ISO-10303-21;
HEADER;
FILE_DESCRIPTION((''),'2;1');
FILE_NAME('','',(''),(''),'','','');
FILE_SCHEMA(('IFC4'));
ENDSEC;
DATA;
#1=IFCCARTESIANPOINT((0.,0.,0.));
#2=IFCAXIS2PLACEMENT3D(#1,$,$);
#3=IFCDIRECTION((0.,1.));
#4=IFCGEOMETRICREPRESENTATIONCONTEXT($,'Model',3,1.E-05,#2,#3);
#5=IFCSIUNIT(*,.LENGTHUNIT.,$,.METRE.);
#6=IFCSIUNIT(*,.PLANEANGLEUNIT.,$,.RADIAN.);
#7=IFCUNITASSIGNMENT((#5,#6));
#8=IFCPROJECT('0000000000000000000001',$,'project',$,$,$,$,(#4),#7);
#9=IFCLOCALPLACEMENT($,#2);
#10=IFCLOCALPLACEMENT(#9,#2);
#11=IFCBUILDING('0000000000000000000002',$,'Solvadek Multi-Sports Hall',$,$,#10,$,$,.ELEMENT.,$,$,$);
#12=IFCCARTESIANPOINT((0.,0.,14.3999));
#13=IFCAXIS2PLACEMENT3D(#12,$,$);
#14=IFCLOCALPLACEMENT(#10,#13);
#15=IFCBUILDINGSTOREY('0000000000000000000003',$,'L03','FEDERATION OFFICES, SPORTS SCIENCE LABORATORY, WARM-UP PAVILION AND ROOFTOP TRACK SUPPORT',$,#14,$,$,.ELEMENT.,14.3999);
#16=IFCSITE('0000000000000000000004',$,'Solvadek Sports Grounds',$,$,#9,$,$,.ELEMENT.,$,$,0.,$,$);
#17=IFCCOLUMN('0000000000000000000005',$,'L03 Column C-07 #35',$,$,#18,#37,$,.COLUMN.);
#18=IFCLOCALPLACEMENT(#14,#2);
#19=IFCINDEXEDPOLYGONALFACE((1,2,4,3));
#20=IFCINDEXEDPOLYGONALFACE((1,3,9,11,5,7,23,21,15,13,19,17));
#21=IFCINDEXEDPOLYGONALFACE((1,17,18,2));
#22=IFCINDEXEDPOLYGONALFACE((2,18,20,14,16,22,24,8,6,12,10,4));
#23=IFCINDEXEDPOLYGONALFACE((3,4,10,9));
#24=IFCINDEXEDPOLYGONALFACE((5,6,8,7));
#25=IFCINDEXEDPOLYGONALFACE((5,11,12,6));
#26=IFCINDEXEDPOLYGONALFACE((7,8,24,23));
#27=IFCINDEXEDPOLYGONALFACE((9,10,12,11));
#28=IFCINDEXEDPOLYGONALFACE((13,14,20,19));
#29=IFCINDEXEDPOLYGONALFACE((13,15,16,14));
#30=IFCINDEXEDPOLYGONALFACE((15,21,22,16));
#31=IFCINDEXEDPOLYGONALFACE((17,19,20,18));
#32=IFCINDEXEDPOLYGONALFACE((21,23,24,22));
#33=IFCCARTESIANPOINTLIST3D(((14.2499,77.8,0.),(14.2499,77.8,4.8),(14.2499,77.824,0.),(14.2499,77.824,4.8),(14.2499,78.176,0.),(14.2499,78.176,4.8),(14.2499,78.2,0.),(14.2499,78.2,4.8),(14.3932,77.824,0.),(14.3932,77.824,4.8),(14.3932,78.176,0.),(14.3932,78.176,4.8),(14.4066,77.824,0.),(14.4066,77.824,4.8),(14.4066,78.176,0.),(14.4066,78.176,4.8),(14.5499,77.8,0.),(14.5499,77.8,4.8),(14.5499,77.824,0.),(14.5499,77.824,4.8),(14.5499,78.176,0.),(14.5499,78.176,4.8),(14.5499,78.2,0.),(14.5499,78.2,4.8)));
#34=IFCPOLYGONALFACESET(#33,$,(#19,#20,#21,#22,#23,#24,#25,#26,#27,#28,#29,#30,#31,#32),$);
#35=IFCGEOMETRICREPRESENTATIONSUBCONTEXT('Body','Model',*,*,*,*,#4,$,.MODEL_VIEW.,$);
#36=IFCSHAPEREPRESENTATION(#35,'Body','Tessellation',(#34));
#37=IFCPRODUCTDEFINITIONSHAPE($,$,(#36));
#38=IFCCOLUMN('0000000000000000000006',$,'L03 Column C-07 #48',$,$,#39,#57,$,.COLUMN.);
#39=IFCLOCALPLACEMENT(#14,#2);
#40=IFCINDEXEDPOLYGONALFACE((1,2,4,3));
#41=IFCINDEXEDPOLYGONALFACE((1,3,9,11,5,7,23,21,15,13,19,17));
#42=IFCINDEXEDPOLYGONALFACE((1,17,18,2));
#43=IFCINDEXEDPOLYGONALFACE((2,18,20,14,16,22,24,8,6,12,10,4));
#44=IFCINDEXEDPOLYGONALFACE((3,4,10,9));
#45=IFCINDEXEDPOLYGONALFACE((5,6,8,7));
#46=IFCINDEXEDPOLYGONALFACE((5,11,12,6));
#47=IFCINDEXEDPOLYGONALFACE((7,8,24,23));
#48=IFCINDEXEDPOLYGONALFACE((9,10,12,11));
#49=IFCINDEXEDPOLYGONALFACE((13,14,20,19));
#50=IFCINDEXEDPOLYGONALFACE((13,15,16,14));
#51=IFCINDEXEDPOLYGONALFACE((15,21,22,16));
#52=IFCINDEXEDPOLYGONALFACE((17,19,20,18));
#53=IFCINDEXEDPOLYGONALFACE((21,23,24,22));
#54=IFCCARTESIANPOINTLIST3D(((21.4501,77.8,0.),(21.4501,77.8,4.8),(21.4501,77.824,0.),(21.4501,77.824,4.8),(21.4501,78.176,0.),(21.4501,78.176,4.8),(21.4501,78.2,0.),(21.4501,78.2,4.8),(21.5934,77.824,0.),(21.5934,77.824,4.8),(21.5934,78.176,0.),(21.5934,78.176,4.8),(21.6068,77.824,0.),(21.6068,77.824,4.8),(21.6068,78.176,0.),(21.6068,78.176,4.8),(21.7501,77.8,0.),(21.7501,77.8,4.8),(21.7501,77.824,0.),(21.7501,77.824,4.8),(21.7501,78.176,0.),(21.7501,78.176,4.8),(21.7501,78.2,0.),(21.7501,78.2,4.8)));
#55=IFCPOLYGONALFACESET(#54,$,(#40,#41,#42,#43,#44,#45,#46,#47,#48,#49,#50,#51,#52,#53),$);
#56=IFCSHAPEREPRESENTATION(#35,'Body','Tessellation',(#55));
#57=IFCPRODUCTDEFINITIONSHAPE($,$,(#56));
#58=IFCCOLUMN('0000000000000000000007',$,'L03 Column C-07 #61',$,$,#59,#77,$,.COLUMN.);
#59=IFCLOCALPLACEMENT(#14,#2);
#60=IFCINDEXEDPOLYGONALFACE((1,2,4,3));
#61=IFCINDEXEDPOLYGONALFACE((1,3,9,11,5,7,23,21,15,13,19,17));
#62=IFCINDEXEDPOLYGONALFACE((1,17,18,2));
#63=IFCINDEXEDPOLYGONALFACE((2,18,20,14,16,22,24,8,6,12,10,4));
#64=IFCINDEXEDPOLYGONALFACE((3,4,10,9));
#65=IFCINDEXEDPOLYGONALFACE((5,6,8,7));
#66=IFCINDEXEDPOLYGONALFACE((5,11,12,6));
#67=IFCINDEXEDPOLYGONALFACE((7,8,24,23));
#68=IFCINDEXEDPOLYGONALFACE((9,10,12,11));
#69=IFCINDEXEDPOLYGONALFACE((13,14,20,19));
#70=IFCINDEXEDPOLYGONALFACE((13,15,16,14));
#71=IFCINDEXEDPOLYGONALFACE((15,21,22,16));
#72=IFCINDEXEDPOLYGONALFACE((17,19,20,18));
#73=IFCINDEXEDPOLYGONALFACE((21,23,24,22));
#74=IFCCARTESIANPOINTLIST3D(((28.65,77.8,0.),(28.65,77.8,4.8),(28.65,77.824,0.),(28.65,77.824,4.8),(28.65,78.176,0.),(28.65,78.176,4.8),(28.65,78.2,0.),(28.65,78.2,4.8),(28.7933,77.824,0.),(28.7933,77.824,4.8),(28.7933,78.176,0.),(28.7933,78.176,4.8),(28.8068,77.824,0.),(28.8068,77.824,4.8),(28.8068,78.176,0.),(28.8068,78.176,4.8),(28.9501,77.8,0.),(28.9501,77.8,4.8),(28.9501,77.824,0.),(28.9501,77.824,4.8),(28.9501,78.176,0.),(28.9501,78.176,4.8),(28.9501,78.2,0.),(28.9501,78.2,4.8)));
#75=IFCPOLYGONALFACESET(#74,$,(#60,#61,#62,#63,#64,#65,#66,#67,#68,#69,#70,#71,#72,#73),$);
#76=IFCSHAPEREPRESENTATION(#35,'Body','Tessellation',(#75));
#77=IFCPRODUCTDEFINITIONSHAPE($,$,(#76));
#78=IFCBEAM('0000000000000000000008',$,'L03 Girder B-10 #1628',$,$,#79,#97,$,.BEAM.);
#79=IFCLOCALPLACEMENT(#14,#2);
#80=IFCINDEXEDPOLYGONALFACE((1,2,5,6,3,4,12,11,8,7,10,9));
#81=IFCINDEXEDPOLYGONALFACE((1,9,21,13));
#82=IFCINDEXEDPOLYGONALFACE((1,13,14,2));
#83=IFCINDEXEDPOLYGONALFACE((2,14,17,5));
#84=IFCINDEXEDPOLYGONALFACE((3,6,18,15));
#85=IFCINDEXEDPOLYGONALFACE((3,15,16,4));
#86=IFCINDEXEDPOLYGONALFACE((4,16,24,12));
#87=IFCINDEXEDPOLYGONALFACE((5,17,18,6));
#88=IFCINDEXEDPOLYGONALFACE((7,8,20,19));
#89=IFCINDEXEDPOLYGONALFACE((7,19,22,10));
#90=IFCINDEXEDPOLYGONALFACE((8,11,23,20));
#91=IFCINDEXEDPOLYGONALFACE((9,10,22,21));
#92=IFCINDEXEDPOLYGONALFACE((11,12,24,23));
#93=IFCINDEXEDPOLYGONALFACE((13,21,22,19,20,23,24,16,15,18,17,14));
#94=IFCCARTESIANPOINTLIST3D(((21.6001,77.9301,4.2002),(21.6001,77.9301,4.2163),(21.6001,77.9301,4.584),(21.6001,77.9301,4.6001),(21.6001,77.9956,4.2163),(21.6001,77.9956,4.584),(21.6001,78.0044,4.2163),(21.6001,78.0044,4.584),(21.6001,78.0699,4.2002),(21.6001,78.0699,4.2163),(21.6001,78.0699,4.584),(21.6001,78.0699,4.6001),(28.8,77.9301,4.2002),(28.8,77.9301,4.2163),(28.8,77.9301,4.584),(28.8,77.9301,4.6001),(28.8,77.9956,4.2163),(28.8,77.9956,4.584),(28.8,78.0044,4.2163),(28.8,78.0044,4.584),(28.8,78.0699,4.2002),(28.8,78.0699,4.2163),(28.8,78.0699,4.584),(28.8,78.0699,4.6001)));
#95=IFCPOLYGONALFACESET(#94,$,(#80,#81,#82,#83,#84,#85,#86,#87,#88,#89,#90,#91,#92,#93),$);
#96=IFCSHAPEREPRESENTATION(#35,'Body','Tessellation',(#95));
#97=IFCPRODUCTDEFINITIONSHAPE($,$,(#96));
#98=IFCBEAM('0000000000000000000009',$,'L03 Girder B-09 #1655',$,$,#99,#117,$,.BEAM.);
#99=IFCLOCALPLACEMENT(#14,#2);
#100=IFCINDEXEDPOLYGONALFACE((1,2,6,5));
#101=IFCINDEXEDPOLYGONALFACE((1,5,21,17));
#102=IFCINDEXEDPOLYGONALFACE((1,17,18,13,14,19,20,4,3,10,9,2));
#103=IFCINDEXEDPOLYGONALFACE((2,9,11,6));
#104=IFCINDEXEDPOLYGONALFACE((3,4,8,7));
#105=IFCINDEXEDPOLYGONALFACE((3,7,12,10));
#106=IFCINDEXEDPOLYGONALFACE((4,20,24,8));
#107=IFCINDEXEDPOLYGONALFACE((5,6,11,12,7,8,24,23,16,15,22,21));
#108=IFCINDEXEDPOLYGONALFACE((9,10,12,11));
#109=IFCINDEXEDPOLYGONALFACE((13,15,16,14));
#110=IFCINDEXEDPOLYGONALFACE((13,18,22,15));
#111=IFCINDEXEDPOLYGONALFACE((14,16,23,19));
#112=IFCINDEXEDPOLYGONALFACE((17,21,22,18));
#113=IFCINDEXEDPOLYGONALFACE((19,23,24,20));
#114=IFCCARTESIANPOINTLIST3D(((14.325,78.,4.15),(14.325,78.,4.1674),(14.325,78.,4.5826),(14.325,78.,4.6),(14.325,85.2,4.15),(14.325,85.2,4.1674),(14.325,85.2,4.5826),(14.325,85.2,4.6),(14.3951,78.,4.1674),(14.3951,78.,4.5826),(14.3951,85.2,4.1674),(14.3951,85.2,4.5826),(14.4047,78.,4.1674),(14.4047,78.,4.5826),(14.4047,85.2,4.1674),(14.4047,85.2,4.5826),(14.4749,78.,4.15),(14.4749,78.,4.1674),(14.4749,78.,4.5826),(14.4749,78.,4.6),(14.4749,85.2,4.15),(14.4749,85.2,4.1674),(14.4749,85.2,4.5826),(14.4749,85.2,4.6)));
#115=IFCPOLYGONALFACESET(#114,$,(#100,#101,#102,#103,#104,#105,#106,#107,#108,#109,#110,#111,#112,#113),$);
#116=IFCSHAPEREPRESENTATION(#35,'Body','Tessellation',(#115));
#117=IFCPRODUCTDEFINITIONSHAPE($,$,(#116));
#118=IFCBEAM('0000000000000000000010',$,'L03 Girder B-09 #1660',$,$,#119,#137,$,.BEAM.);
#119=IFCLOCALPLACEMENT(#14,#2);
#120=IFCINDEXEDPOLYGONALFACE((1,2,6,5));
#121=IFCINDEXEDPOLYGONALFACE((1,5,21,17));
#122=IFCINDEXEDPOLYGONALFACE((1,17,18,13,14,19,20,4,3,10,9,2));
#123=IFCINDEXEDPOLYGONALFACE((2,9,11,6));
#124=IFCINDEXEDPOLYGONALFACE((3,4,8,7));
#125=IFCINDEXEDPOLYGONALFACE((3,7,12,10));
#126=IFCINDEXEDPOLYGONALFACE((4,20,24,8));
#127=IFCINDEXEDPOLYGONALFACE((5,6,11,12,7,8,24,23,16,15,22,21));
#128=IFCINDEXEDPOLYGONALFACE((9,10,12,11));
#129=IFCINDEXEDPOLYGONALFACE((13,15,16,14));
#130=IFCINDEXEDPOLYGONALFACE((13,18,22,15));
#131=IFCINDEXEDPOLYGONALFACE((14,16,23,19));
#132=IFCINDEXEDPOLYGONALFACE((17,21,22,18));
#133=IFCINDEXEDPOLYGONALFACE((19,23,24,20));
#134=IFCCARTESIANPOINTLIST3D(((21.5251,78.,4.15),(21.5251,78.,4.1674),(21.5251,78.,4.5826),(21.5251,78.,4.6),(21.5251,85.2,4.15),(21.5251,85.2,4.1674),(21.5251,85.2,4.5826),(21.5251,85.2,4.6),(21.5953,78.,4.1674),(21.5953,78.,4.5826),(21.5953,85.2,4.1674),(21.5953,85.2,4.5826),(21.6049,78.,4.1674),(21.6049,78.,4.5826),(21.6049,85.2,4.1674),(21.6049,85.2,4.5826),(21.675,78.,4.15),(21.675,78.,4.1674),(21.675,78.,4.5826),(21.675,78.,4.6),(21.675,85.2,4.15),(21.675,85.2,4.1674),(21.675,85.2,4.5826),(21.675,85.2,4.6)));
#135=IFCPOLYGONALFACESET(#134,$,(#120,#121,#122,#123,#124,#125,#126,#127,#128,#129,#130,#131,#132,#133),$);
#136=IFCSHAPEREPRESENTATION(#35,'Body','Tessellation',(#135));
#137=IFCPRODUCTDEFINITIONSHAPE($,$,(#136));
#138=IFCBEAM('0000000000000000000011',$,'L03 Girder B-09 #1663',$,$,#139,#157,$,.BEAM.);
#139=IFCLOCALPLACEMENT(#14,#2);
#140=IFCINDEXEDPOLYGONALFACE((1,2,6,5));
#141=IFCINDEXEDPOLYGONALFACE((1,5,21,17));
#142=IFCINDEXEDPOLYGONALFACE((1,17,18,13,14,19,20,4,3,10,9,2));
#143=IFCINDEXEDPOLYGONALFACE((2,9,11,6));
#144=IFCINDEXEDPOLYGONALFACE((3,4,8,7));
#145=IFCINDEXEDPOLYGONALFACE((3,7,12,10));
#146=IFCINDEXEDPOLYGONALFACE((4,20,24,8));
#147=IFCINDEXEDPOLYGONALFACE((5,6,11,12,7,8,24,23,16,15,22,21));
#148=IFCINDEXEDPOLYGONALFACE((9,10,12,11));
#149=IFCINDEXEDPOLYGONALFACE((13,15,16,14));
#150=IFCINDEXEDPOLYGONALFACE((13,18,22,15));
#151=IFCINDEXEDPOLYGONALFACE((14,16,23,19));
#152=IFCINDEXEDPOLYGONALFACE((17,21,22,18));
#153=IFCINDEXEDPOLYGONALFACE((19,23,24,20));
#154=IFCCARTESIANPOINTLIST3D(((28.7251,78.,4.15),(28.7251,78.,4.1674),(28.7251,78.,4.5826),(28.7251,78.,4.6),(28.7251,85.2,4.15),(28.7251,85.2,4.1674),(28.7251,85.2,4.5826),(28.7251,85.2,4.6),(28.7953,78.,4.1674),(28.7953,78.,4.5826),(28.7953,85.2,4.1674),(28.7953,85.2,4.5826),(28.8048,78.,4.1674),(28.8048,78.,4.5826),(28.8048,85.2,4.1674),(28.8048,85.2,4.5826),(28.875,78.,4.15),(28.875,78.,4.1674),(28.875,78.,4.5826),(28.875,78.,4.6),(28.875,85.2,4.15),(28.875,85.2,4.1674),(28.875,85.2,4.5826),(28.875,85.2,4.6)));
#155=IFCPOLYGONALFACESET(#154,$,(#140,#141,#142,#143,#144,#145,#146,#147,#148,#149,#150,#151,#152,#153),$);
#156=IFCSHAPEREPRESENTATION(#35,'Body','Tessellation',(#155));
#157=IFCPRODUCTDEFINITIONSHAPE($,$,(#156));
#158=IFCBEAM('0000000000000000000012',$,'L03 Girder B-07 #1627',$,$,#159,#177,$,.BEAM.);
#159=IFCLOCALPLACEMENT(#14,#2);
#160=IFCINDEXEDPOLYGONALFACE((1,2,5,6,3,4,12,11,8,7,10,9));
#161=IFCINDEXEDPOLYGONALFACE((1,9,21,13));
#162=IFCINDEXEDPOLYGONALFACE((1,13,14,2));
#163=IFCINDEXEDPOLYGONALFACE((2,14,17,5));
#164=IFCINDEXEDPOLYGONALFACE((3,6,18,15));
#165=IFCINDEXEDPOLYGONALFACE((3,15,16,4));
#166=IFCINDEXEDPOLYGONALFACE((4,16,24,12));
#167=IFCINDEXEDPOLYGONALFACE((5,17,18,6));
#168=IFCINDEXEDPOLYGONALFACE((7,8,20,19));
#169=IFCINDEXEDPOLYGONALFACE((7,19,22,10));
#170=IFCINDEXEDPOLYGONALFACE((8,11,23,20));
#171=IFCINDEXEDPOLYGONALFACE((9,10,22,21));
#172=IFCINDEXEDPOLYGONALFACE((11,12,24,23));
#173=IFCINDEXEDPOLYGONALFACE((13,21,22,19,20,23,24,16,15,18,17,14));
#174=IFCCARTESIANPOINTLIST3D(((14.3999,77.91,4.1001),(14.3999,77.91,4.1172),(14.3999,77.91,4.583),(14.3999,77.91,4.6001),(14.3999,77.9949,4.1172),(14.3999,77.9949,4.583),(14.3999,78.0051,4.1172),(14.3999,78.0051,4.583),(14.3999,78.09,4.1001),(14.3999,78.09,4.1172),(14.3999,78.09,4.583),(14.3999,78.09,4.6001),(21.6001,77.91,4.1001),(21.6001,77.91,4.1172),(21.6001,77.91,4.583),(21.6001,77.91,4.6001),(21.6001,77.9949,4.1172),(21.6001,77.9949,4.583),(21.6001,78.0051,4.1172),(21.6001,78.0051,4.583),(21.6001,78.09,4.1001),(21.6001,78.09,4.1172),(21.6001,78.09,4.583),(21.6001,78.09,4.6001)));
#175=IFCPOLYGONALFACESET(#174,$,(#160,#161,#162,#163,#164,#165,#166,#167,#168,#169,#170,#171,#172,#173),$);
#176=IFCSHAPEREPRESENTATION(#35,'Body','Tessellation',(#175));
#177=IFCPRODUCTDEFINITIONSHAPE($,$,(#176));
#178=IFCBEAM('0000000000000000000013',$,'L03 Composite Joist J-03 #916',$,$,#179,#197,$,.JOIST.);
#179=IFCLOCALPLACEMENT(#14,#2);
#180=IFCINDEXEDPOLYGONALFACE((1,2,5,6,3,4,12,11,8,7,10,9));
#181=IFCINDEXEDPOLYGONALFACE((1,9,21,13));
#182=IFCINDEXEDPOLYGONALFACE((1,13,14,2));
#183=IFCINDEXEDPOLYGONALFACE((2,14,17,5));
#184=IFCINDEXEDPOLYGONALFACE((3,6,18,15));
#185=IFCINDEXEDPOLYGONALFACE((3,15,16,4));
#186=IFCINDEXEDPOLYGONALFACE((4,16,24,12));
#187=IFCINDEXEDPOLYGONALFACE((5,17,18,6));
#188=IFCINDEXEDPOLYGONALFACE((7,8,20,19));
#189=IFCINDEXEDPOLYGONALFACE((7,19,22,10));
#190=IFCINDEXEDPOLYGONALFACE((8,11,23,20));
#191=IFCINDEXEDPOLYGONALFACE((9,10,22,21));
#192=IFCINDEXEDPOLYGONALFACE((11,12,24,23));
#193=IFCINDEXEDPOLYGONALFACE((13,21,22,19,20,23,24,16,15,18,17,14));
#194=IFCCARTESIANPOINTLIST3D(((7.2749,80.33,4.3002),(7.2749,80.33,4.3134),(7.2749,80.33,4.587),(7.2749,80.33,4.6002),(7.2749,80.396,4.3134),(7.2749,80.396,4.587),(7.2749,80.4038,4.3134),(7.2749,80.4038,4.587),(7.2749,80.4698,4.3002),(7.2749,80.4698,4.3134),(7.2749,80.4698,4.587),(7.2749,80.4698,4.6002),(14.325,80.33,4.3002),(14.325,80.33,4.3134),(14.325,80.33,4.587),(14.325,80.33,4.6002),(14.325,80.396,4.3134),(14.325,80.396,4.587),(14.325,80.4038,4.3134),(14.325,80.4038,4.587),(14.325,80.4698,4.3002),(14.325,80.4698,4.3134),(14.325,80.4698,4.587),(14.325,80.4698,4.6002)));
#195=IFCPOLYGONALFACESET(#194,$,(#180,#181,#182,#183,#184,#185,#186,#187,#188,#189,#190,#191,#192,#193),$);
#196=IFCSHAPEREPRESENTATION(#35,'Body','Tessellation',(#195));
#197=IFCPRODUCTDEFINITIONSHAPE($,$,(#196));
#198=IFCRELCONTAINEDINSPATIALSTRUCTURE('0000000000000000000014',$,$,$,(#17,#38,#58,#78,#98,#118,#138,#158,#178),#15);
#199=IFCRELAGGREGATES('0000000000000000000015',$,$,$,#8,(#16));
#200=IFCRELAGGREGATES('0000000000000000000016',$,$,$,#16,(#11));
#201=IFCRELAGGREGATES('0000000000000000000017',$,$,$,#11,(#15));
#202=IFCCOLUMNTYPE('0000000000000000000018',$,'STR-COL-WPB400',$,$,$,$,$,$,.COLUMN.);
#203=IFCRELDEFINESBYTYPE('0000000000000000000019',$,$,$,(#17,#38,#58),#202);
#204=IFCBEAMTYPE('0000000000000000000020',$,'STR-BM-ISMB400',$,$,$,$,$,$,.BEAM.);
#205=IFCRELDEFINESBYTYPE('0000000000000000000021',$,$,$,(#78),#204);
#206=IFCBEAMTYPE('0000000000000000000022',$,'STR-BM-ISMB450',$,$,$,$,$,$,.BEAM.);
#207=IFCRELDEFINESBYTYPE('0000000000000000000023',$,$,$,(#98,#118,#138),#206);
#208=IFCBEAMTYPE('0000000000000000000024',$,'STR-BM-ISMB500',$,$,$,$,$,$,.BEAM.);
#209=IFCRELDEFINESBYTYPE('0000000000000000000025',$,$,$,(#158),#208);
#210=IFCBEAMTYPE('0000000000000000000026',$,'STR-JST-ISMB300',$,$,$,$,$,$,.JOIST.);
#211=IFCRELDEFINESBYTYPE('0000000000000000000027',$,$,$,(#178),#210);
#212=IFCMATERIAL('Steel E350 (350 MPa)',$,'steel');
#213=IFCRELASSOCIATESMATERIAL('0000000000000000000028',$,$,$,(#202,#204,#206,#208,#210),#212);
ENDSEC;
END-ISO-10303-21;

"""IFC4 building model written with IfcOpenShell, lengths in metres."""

from ifc_helpers import new_model, si_unit, direction, frame, origin, origin_2d, place, context, subcontext, project, spatial, i_section, extrude, material, material_profile, profile_set, type_object, element, save


model = new_model("IFC4")

# Units and contexts
model_context = context("Model", 3, precision=1e-05, world=origin(), true_north=direction((0.0, 1.0)))
body_context = subcontext(model_context, "Body", "Model", "MODEL_VIEW")
ifc_project = project(units=[si_unit("LENGTHUNIT", "METRE"), si_unit("PLANEANGLEUNIT", "RADIAN")], contexts=[model_context])

# Site, building, storey
site_placement = place(None, origin())
site = spatial("IfcSite", under=ifc_project, at=site_placement, Name="Solvadek Sports Grounds", CompositionType="ELEMENT", RefElevation=0.0)
building_placement = place(site_placement, origin())
building = spatial("IfcBuilding", under=site, at=building_placement, Name="Solvadek Multi-Sports Hall", CompositionType="ELEMENT")
storey_placement = place(building_placement, frame((0.0, 0.0, 14.3999)))
storey = spatial("IfcBuildingStorey", under=building, at=storey_placement, Name="L03", Description="FEDERATION OFFICES, SPORTS SCIENCE LABORATORY, WARM-UP PAVILION AND ROOFTOP TRACK SUPPORT", CompositionType="ELEMENT", Elevation=14.3999)

# Columns
ifc_material_1 = material(Name="Steel E350 (350 MPa)", Category="steel")
ifc_material_profile_1 = material_profile(ifc_material_1, i_section(OverallWidth=0.3, OverallDepth=0.3999, WebThickness=0.0134, FlangeThickness=0.0239, at=origin_2d()), Name="WPB 400")
ifc_profile_set_1 = profile_set([ifc_material_profile_1], Name="Steel E350 (350 MPa)")
column_type = type_object("IfcColumnType", Name="STR-COL-WPB400", PredefinedType="COLUMN", material=ifc_profile_set_1)
for number, where, z_axis, x_axis, name in (
    (1, (14.3999, 78.0, 0.0), (0.0, 0.0, 1.0), (1.0, 0.0, 0.0), "L03 Column C-07 #35"),
    (2, (21.6001, 78.0, 0.0), (0.0, 0.0, 1.0), (1.0, 0.0, 0.0), "L03 Column C-07 #48"),
    (3, (28.8, 78.0, 0.0), (0.0, 0.0, 1.0), (1.0, 0.0, 0.0), "L03 Column C-07 #61"),
):
    element("IfcColumn", number, at=place(storey_placement, frame(where, z_axis=z_axis, x_axis=x_axis)), inside=storey, type_object=column_type, Name=name, PredefinedType="COLUMN", context=body_context, shape_type="SweptSolid", body=[
        extrude(i_section(OverallWidth=0.3, OverallDepth=0.3999, WebThickness=0.0134, FlangeThickness=0.0239, at=origin_2d()), origin(), (0.0, 0.0, 1.0), 4.8),
    ])

# Beams
ifc_material_profile_2 = material_profile(ifc_material_1, i_section(OverallWidth=0.1399, OverallDepth=0.3999, WebThickness=0.0088, FlangeThickness=0.0161, at=origin_2d()), Name="ISMB 400")
ifc_profile_set_2 = profile_set([ifc_material_profile_2], Name="Steel E350 (350 MPa)")
beam_type_1 = type_object("IfcBeamType", Name="STR-BM-ISMB400", PredefinedType="BEAM", material=ifc_profile_set_2)
beam_1_placement = place(storey_placement, frame((21.6001, 78.0, 4.4001), z_axis=(1.0, 0.0, 0.0), x_axis=(0.0, 1.0, 0.0)))
element("IfcBeam", 4, at=beam_1_placement, inside=storey, type_object=beam_type_1, Name="L03 Girder B-10 #1628", PredefinedType="BEAM", context=body_context, shape_type="SweptSolid", body=[
    extrude(i_section(OverallWidth=0.1399, OverallDepth=0.3999, WebThickness=0.0088, FlangeThickness=0.0161, at=origin_2d()), origin(), (0.0, 0.0, 1.0), 7.2),
])
ifc_material_profile_3 = material_profile(ifc_material_1, i_section(OverallWidth=0.1499, OverallDepth=0.45, WebThickness=0.0095, FlangeThickness=0.0173, at=origin_2d()), Name="ISMB 450")
ifc_profile_set_3 = profile_set([ifc_material_profile_3], Name="Steel E350 (350 MPa)")
beam_type_2 = type_object("IfcBeamType", Name="STR-BM-ISMB450", PredefinedType="BEAM", material=ifc_profile_set_3)
for number, where, z_axis, x_axis, name in (
    (5, (14.3999, 78.0, 4.375), (0.0, 1.0, 0.0), (-1.0, 0.0, 0.0), "L03 Girder B-09 #1655"),
    (6, (21.6001, 78.0, 4.375), (0.0, 1.0, 0.0), (-1.0, 0.0, 0.0), "L03 Girder B-09 #1660"),
    (7, (28.8, 78.0, 4.375), (0.0, 1.0, 0.0), (-1.0, 0.0, 0.0), "L03 Girder B-09 #1663"),
):
    element("IfcBeam", number, at=place(storey_placement, frame(where, z_axis=z_axis, x_axis=x_axis)), inside=storey, type_object=beam_type_2, Name=name, PredefinedType="BEAM", context=body_context, shape_type="SweptSolid", body=[
        extrude(i_section(OverallWidth=0.1499, OverallDepth=0.45, WebThickness=0.0095, FlangeThickness=0.0173, at=origin_2d()), origin(), (0.0, 0.0, 1.0), 7.2),
    ])
ifc_material_profile_4 = material_profile(ifc_material_1, i_section(OverallWidth=0.1799, OverallDepth=0.5, WebThickness=0.0103, FlangeThickness=0.0171, at=origin_2d()), Name="ISMB 500")
ifc_profile_set_4 = profile_set([ifc_material_profile_4], Name="Steel E350 (350 MPa)")
beam_type_3 = type_object("IfcBeamType", Name="STR-BM-ISMB500", PredefinedType="BEAM", material=ifc_profile_set_4)
beam_2_placement = place(storey_placement, frame((14.3999, 78.0, 4.3501), z_axis=(1.0, 0.0, 0.0), x_axis=(0.0, 1.0, 0.0)))
element("IfcBeam", 8, at=beam_2_placement, inside=storey, type_object=beam_type_3, Name="L03 Girder B-07 #1627", PredefinedType="BEAM", context=body_context, shape_type="SweptSolid", body=[
    extrude(i_section(OverallWidth=0.1799, OverallDepth=0.5, WebThickness=0.0103, FlangeThickness=0.0171, at=origin_2d()), origin(), (0.0, 0.0, 1.0), 7.2002),
])
ifc_material_profile_5 = material_profile(ifc_material_1, i_section(OverallWidth=0.1399, OverallDepth=0.3, WebThickness=0.0078, FlangeThickness=0.0132, at=origin_2d()), Name="ISMB 300")
ifc_profile_set_5 = profile_set([ifc_material_profile_5], Name="Steel E350 (350 MPa)")
beam_type_4 = type_object("IfcBeamType", Name="STR-JST-ISMB300", PredefinedType="JOIST", material=ifc_profile_set_5)
for number, where, z_axis, x_axis, name in (
    (9, (7.2749, 80.3999, 4.4502), (1.0, 0.0, 0.0), (0.0, 1.0, 0.0), "L03 Composite Joist J-03 #916"),
):
    element("IfcBeam", number, at=place(storey_placement, frame(where, z_axis=z_axis, x_axis=x_axis)), inside=storey, type_object=beam_type_4, Name=name, PredefinedType="JOIST", context=body_context, shape_type="SweptSolid", body=[
        extrude(i_section(OverallWidth=0.1399, OverallDepth=0.3, WebThickness=0.0078, FlangeThickness=0.0132, at=origin_2d()), origin(), (0.0, 0.0, 1.0), 7.05),
    ])

save(model, "model.ifc")
